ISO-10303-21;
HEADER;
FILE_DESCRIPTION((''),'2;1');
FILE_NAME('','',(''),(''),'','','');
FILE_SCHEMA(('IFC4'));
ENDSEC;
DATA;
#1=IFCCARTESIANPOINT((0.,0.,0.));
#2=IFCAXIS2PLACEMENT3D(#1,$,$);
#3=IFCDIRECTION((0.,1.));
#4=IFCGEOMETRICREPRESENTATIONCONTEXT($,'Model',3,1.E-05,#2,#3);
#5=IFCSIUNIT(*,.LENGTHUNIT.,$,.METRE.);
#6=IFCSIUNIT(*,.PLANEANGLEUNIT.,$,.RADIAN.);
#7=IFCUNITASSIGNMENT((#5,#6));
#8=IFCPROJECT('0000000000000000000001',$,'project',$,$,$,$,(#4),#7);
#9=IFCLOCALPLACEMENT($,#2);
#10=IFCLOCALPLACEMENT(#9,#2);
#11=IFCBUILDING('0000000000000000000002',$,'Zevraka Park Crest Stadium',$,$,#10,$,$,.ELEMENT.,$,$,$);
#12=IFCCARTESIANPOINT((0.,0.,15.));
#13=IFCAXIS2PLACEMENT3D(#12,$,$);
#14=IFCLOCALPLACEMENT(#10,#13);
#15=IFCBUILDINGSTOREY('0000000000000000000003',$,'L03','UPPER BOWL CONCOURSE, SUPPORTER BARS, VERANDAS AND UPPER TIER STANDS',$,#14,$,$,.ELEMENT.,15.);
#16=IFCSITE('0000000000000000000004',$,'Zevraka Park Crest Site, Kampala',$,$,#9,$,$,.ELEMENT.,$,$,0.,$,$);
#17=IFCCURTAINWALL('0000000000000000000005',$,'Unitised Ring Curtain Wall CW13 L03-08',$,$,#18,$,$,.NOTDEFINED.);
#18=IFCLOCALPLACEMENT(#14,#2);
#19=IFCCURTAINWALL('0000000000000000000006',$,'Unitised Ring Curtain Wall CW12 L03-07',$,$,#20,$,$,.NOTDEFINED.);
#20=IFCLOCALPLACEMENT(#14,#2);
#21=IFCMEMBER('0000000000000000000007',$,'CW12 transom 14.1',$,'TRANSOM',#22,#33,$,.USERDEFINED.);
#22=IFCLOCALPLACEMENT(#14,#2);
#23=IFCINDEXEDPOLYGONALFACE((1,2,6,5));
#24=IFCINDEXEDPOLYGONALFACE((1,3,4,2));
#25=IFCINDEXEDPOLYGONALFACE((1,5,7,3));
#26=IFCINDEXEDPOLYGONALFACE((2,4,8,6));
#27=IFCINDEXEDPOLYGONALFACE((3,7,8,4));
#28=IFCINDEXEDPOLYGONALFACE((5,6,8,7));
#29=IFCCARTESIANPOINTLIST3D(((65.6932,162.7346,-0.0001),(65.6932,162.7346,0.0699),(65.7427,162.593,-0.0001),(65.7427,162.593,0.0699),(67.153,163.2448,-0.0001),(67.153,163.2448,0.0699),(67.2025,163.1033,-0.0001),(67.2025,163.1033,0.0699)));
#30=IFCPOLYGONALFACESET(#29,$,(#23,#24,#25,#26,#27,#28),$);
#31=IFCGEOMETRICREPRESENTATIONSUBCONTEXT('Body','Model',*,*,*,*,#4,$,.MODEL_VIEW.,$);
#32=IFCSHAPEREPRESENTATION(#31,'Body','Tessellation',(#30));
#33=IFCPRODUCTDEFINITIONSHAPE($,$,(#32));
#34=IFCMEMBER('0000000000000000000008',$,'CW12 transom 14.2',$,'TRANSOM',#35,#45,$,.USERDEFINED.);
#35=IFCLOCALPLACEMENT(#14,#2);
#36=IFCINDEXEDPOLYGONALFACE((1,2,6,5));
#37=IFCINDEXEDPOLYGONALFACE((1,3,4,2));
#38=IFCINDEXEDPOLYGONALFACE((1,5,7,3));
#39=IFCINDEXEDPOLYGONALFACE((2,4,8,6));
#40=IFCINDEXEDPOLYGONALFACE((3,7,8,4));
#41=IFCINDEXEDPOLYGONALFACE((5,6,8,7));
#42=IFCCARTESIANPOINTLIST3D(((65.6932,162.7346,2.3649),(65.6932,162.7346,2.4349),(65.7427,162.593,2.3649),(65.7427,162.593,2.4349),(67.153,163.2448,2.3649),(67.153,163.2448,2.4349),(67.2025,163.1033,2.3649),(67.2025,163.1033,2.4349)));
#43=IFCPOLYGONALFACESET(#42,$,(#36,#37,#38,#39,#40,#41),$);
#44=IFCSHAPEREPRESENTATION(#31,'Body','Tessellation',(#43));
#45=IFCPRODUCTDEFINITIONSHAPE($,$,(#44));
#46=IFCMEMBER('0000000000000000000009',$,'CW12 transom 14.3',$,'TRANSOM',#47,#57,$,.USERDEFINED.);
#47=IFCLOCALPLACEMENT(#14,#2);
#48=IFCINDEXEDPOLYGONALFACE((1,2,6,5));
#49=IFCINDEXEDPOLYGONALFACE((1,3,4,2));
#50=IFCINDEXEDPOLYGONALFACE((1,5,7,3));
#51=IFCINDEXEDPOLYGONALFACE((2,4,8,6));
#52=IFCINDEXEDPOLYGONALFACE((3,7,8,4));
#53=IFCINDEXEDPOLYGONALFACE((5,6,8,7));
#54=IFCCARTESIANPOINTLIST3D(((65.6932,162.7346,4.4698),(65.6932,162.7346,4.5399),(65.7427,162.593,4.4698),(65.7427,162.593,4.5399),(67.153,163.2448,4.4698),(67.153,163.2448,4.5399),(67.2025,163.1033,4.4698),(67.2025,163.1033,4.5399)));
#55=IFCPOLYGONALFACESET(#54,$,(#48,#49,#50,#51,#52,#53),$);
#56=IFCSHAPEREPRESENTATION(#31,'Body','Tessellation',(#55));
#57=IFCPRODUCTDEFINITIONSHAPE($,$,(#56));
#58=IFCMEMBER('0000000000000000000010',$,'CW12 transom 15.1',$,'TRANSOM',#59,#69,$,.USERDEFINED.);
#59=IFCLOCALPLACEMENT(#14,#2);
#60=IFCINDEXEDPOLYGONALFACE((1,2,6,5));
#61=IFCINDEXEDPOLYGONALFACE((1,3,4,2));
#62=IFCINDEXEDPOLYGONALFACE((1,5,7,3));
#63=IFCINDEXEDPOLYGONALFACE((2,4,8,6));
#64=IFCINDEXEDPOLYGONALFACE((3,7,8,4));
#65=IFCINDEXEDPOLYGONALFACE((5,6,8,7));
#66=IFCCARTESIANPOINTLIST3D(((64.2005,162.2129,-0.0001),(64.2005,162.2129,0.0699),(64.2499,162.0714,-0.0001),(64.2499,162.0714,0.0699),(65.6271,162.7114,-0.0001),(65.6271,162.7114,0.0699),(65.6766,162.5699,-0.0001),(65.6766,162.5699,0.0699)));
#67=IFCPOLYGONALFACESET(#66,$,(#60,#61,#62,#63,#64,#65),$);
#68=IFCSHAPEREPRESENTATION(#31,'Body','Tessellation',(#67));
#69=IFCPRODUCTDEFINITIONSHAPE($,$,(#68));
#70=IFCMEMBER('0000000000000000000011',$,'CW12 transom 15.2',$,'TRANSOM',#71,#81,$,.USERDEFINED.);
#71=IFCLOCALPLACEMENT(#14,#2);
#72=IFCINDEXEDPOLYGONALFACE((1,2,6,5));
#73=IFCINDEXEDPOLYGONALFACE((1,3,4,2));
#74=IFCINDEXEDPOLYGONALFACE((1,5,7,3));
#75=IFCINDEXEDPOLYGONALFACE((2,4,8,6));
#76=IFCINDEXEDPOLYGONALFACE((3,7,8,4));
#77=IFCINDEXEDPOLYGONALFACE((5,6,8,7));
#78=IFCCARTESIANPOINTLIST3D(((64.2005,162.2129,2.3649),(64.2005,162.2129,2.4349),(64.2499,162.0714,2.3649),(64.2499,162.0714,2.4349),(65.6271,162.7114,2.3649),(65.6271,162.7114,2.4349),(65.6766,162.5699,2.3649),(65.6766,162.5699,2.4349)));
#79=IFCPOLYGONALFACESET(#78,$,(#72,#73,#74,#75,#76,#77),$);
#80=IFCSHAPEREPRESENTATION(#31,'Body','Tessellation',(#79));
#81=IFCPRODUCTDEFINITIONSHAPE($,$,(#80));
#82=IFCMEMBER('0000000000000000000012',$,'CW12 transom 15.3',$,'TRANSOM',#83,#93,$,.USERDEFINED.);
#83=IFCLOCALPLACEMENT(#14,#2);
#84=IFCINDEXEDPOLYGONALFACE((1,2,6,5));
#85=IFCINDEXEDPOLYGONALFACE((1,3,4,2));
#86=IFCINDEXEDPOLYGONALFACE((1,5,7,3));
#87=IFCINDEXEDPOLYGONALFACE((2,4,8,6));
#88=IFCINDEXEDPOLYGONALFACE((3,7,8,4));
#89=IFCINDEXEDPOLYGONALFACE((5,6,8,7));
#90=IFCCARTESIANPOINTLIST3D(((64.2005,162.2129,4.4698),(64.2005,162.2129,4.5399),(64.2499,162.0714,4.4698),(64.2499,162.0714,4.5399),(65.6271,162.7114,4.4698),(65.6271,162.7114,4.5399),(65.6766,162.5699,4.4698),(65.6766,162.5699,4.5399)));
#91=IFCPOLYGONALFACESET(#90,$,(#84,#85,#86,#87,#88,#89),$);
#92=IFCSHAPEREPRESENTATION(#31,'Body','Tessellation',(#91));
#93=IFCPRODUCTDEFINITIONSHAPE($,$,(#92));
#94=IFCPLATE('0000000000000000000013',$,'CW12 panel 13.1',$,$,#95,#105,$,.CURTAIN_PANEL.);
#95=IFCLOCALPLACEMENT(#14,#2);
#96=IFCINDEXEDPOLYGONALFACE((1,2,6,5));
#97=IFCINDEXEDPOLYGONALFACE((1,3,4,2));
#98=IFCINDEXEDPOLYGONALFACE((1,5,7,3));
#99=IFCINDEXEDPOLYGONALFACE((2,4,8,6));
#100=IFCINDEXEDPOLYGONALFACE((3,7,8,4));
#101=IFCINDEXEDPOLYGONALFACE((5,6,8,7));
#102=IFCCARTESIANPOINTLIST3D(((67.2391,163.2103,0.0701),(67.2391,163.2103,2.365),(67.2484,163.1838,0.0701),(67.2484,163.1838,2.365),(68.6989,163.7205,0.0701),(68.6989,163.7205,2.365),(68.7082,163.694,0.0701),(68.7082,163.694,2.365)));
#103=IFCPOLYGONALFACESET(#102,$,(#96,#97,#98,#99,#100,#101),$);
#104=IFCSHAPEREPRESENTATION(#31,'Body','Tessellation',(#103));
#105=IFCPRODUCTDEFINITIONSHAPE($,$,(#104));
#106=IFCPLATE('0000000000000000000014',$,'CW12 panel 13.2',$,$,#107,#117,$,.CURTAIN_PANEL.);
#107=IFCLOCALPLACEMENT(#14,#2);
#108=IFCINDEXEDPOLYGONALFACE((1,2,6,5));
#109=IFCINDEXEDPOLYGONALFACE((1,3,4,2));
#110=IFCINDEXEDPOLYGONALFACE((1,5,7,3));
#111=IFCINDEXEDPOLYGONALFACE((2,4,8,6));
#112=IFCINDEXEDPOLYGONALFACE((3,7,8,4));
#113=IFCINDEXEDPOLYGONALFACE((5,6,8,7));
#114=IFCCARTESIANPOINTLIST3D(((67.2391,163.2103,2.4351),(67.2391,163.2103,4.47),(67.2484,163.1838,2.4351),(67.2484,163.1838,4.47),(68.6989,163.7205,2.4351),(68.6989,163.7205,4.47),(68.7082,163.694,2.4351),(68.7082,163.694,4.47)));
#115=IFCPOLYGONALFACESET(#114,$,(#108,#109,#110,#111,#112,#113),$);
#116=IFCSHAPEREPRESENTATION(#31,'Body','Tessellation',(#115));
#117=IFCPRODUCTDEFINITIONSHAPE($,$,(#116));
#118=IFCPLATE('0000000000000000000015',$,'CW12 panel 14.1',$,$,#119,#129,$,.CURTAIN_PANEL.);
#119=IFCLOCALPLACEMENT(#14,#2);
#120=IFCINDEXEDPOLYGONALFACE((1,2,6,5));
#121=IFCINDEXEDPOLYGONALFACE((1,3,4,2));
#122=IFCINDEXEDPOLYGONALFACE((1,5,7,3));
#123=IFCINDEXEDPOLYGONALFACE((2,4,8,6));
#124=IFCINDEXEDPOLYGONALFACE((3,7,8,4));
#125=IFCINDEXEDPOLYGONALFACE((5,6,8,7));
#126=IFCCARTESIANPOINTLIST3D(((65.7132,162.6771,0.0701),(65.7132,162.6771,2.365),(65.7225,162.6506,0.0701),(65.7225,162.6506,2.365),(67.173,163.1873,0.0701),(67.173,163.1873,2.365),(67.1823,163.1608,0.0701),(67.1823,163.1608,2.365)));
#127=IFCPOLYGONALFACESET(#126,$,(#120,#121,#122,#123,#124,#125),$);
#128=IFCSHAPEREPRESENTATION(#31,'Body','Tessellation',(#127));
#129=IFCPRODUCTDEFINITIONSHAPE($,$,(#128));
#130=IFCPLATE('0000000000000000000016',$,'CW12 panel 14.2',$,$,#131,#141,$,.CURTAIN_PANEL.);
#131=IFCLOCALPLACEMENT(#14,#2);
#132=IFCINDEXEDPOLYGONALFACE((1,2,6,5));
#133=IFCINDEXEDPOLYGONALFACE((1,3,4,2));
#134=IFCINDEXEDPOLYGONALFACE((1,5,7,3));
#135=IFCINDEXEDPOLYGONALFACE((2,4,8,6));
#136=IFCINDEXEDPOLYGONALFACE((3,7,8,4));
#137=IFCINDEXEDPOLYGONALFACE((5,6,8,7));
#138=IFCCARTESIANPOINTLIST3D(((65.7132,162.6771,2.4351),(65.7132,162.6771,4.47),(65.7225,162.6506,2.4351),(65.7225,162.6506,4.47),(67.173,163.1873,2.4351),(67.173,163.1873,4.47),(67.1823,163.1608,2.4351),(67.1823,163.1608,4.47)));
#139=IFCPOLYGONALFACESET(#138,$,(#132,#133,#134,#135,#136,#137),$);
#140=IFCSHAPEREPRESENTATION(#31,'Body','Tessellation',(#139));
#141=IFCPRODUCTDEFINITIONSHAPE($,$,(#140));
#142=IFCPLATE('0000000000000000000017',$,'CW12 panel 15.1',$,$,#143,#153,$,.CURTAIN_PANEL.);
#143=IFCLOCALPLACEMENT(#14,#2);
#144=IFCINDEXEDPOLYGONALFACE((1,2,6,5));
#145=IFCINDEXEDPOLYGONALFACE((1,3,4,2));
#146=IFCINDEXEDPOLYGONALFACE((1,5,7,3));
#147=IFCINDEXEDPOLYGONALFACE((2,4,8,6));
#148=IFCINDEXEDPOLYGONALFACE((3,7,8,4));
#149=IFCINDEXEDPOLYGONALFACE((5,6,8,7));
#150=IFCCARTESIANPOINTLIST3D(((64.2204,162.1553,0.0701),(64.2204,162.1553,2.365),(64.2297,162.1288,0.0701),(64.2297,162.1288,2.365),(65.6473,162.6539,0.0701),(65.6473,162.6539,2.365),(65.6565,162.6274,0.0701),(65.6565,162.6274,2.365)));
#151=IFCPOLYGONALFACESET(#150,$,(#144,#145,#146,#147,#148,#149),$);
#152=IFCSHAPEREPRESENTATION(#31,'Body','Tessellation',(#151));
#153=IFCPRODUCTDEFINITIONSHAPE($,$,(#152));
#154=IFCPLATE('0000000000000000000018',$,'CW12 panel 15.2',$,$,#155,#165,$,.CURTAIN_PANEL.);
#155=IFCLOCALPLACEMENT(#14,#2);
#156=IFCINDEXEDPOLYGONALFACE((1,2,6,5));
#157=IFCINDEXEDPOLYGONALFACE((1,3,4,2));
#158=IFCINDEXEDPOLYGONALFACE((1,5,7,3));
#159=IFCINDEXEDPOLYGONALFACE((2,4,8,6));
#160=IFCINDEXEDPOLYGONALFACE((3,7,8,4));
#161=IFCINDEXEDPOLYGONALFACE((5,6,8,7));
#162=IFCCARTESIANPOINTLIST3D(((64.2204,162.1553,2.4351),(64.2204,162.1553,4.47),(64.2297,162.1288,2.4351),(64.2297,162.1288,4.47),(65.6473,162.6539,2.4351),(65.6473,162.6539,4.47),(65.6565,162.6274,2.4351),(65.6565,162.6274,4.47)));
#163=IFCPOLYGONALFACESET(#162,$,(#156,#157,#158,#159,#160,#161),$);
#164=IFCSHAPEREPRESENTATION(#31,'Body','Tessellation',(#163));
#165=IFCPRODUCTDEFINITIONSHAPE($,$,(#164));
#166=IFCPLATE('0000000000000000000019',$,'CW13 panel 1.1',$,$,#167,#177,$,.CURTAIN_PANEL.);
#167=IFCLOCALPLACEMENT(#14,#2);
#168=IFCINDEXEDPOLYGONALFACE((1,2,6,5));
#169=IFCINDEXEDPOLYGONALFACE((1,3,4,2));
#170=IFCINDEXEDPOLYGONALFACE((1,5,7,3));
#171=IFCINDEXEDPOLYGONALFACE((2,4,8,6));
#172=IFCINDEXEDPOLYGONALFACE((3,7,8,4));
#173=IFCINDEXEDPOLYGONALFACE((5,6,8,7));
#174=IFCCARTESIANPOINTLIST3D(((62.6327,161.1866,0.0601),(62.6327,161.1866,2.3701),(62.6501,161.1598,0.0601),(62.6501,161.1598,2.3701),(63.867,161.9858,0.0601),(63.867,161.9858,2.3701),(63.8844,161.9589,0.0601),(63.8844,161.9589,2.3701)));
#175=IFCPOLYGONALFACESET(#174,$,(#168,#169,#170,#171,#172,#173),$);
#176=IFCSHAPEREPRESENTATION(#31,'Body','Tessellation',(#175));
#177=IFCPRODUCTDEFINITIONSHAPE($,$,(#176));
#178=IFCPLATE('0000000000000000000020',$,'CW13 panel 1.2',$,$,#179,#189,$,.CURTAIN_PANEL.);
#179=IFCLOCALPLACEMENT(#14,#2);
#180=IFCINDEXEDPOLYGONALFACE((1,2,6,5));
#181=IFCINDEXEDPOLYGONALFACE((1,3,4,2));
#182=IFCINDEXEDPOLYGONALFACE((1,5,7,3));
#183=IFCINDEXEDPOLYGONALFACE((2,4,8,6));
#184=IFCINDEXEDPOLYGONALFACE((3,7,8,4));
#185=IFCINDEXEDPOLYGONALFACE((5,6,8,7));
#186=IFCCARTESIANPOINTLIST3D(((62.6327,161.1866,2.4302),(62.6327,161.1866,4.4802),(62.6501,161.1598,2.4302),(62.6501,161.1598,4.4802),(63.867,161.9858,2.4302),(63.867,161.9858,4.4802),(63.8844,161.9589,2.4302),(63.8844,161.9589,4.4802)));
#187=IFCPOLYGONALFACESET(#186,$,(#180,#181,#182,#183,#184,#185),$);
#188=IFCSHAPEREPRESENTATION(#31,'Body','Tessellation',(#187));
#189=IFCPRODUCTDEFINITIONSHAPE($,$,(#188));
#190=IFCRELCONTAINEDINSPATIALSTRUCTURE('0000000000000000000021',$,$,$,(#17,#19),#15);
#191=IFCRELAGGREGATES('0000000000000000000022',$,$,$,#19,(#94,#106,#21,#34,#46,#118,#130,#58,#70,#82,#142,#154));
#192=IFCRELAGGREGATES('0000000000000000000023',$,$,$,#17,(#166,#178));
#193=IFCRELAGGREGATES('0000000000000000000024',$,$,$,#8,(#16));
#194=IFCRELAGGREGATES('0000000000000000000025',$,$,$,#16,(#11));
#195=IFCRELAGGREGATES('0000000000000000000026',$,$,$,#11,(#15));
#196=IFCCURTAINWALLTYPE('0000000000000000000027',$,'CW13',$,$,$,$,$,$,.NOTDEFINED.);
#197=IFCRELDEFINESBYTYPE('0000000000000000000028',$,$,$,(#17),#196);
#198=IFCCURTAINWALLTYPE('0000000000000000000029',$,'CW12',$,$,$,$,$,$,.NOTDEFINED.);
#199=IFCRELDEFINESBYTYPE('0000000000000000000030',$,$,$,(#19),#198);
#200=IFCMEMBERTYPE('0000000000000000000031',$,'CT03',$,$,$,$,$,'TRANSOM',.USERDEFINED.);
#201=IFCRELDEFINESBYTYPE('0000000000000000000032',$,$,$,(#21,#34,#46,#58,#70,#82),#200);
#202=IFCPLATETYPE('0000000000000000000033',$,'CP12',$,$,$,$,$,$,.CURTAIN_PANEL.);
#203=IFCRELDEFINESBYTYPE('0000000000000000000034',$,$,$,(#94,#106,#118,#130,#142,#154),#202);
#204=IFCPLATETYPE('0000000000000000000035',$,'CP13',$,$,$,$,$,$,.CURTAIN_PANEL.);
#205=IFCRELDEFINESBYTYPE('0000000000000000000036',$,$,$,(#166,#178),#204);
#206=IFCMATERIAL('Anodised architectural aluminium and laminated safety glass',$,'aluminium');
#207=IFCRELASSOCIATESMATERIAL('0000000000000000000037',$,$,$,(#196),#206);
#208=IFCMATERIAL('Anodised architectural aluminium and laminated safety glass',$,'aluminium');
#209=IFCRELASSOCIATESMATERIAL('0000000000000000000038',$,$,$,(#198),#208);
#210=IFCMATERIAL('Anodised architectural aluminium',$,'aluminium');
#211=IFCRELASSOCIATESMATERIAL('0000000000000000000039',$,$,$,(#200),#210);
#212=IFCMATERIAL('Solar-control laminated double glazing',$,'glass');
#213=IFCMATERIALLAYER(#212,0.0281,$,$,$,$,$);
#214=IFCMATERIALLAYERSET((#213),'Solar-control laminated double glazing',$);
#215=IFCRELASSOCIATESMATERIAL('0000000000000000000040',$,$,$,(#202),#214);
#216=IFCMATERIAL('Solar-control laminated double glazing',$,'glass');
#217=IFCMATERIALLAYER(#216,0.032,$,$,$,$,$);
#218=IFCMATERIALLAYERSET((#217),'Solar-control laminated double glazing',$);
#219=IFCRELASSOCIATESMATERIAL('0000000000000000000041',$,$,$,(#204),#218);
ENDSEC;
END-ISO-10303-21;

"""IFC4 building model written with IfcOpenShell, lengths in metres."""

from ifc_helpers import new_model, si_unit, direction, frame, origin, origin_2d, place, context, subcontext, project, spatial, rectangle, extrude, material, layer, layer_set, material_profile, profile_set, type_object, element, aggregate, save


model = new_model("IFC4")

# Units and contexts
model_context = context("Model", 3, precision=1e-05, world=origin(), true_north=direction((0.0, 1.0)))
body_context = subcontext(model_context, "Body", "Model", "MODEL_VIEW")
ifc_project = project(units=[si_unit("LENGTHUNIT", "METRE"), si_unit("PLANEANGLEUNIT", "RADIAN")], contexts=[model_context])

# Site, building, storey
site_placement = place(None, origin())
site = spatial("IfcSite", under=ifc_project, at=site_placement, Name="Zevraka Park Crest Site, Kampala", CompositionType="ELEMENT", RefElevation=0.0)
building_placement = place(site_placement, origin())
building = spatial("IfcBuilding", under=site, at=building_placement, Name="Zevraka Park Crest Stadium", CompositionType="ELEMENT")
storey_placement = place(building_placement, frame((0.0, 0.0, 15.0)))
storey = spatial("IfcBuildingStorey", under=building, at=storey_placement, Name="L03", Description="UPPER BOWL CONCOURSE, SUPPORTER BARS, VERANDAS AND UPPER TIER STANDS", CompositionType="ELEMENT", Elevation=15.0)

# Curtain walls
ifc_material_1 = material(Name="Anodised architectural aluminium and laminated safety glass", Category="aluminium")
curtain_wall_type_1 = type_object("IfcCurtainWallType", Name="CW13", PredefinedType="NOTDEFINED", material=ifc_material_1)
curtain_wall_1_placement = place(storey_placement, origin())
curtain_wall_1 = element("IfcCurtainWall", 1, at=curtain_wall_1_placement, inside=storey, type_object=curtain_wall_type_1, Name="Unitised Ring Curtain Wall CW13 L03-08", PredefinedType="NOTDEFINED")
ifc_material_2 = material(Name="Anodised architectural aluminium and laminated safety glass", Category="aluminium")
curtain_wall_type_2 = type_object("IfcCurtainWallType", Name="CW12", PredefinedType="NOTDEFINED", material=ifc_material_2)
curtain_wall_2_placement = place(storey_placement, origin())
curtain_wall_2 = element("IfcCurtainWall", 2, at=curtain_wall_2_placement, inside=storey, type_object=curtain_wall_type_2, Name="Unitised Ring Curtain Wall CW12 L03-07", PredefinedType="NOTDEFINED")

# Members
ifc_material_3 = material(Name="Anodised architectural aluminium", Category="aluminium")
ifc_material_profile_1 = material_profile(ifc_material_3, rectangle(XDim=0.1499, YDim=0.0701, at=origin_2d()), Name="ALU TRANSOM 150x70")
ifc_profile_set_1 = profile_set([ifc_material_profile_1], Name="Anodised architectural aluminium")
member_type_1 = type_object("IfcMemberType", Name="CT03", ElementType="TRANSOM", PredefinedType="USERDEFINED", material=ifc_profile_set_1)
member_1_placement = place(storey_placement, frame((67.1777, 163.1741, 0.0349), z_axis=(-0.943989, -0.329978, 0.0), x_axis=(0.329978, -0.943989, 0.0)))
member_1 = element("IfcMember", 3, at=member_1_placement, type_object=member_type_1, Name="CW12 transom 14.1", ObjectType="TRANSOM", PredefinedType="USERDEFINED", context=body_context, shape_type="SweptSolid", body=[
    extrude(rectangle(XDim=0.1499, YDim=0.0701, at=origin_2d()), origin(), (0.0, 0.0, 1.0), 1.5464),
])
member_2_placement = place(storey_placement, frame((67.1777, 163.1741, 2.3999), z_axis=(-0.943989, -0.329978, 0.0), x_axis=(0.329978, -0.943989, 0.0)))
member_2 = element("IfcMember", 4, at=member_2_placement, type_object=member_type_1, Name="CW12 transom 14.2", ObjectType="TRANSOM", PredefinedType="USERDEFINED", context=body_context, shape_type="SweptSolid", body=[
    extrude(rectangle(XDim=0.1499, YDim=0.0701, at=origin_2d()), origin(), (0.0, 0.0, 1.0), 1.5464),
])
member_3_placement = place(storey_placement, frame((67.1777, 163.1741, 4.5049), z_axis=(-0.943989, -0.329978, 0.0), x_axis=(0.329978, -0.943989, 0.0)))
member_3 = element("IfcMember", 5, at=member_3_placement, type_object=member_type_1, Name="CW12 transom 14.3", ObjectType="TRANSOM", PredefinedType="USERDEFINED", context=body_context, shape_type="SweptSolid", body=[
    extrude(rectangle(XDim=0.1499, YDim=0.0701, at=origin_2d()), origin(), (0.0, 0.0, 1.0), 1.5464),
])
member_4_placement = place(storey_placement, frame((65.6519, 162.6406, 0.0349), z_axis=(-0.944029, -0.329861, 0.0), x_axis=(0.329861, -0.944029, 0.0)))
member_4 = element("IfcMember", 6, at=member_4_placement, type_object=member_type_1, Name="CW12 transom 15.1", ObjectType="TRANSOM", PredefinedType="USERDEFINED", context=body_context, shape_type="SweptSolid", body=[
    extrude(rectangle(XDim=0.1499, YDim=0.0701, at=origin_2d()), origin(), (0.0, 0.0, 1.0), 1.5112),
])
member_5_placement = place(storey_placement, frame((65.6519, 162.6406, 2.3999), z_axis=(-0.944029, -0.329861, 0.0), x_axis=(0.329861, -0.944029, 0.0)))
member_5 = element("IfcMember", 7, at=member_5_placement, type_object=member_type_1, Name="CW12 transom 15.2", ObjectType="TRANSOM", PredefinedType="USERDEFINED", context=body_context, shape_type="SweptSolid", body=[
    extrude(rectangle(XDim=0.1499, YDim=0.0701, at=origin_2d()), origin(), (0.0, 0.0, 1.0), 1.5112),
])
member_6_placement = place(storey_placement, frame((65.6519, 162.6406, 4.5049), z_axis=(-0.944029, -0.329861, 0.0), x_axis=(0.329861, -0.944029, 0.0)))
member_6 = element("IfcMember", 8, at=member_6_placement, type_object=member_type_1, Name="CW12 transom 15.3", ObjectType="TRANSOM", PredefinedType="USERDEFINED", context=body_context, shape_type="SweptSolid", body=[
    extrude(rectangle(XDim=0.1499, YDim=0.0701, at=origin_2d()), origin(), (0.0, 0.0, 1.0), 1.5112),
])

# Plates
ifc_material_4 = material(Name="Solar-control laminated double glazing", Category="glass")
ifc_layer_1 = layer(ifc_material_4, 0.0281)
ifc_layer_set_1 = layer_set([ifc_layer_1], Name="Solar-control laminated double glazing")
plate_type_1 = type_object("IfcPlateType", Name="CP12", PredefinedType="CURTAIN_PANEL", material=ifc_layer_set_1)
plate_1_placement = place(storey_placement, frame((67.9736, 163.4521, 0.0701), z_axis=(0.0, 0.0, 1.0), x_axis=(-0.94401, -0.329917, 0.0)))
plate_1 = element("IfcPlate", 9, at=plate_1_placement, type_object=plate_type_1, Name="CW12 panel 13.1", PredefinedType="CURTAIN_PANEL", context=body_context, shape_type="SweptSolid", body=[
    extrude(rectangle(XDim=1.5464, YDim=0.0281, at=origin_2d()), origin(), (0.0, 0.0, 1.0), 2.2949),
])
plate_2_placement = place(storey_placement, frame((67.9736, 163.4521, 2.4351), z_axis=(0.0, 0.0, 1.0), x_axis=(-0.94401, -0.329917, 0.0)))
plate_2 = element("IfcPlate", 10, at=plate_2_placement, type_object=plate_type_1, Name="CW12 panel 13.2", PredefinedType="CURTAIN_PANEL", context=body_context, shape_type="SweptSolid", body=[
    extrude(rectangle(XDim=1.5464, YDim=0.0281, at=origin_2d()), origin(), (0.0, 0.0, 1.0), 2.0349),
])
plate_3_placement = place(storey_placement, frame((66.4478, 162.9189, 0.0701), z_axis=(0.0, 0.0, 1.0), x_axis=(-0.94401, -0.329917, 0.0)))
plate_3 = element("IfcPlate", 11, at=plate_3_placement, type_object=plate_type_1, Name="CW12 panel 14.1", PredefinedType="CURTAIN_PANEL", context=body_context, shape_type="SweptSolid", body=[
    extrude(rectangle(XDim=1.5464, YDim=0.0281, at=origin_2d()), origin(), (0.0, 0.0, 1.0), 2.2949),
])
plate_4_placement = place(storey_placement, frame((66.4478, 162.9189, 2.4351), z_axis=(0.0, 0.0, 1.0), x_axis=(-0.94401, -0.329917, 0.0)))
plate_4 = element("IfcPlate", 12, at=plate_4_placement, type_object=plate_type_1, Name="CW12 panel 14.2", PredefinedType="CURTAIN_PANEL", context=body_context, shape_type="SweptSolid", body=[
    extrude(rectangle(XDim=1.5464, YDim=0.0281, at=origin_2d()), origin(), (0.0, 0.0, 1.0), 2.0349),
])
plate_5_placement = place(storey_placement, frame((64.9385, 162.3914, 0.0701), z_axis=(0.0, 0.0, 1.0), x_axis=(-0.94401, -0.329917, 0.0)))
plate_5 = element("IfcPlate", 13, at=plate_5_placement, type_object=plate_type_1, Name="CW12 panel 15.1", PredefinedType="CURTAIN_PANEL", context=body_context, shape_type="SweptSolid", body=[
    extrude(rectangle(XDim=1.5115, YDim=0.0281, at=origin_2d()), origin(), (0.0, 0.0, 1.0), 2.2949),
])
plate_6_placement = place(storey_placement, frame((64.9385, 162.3914, 2.4351), z_axis=(0.0, 0.0, 1.0), x_axis=(-0.94401, -0.329917, 0.0)))
plate_6 = element("IfcPlate", 14, at=plate_6_placement, type_object=plate_type_1, Name="CW12 panel 15.2", PredefinedType="CURTAIN_PANEL", context=body_context, shape_type="SweptSolid", body=[
    extrude(rectangle(XDim=1.5115, YDim=0.0281, at=origin_2d()), origin(), (0.0, 0.0, 1.0), 2.0349),
])
aggregate(curtain_wall_2, [plate_1, plate_2, member_1, member_2, member_3, plate_3, plate_4, member_4, member_5, member_6, plate_5, plate_6])
ifc_material_5 = material(Name="Solar-control laminated double glazing", Category="glass")
ifc_layer_2 = layer(ifc_material_5, 0.032)
ifc_layer_set_2 = layer_set([ifc_layer_2], Name="Solar-control laminated double glazing")
plate_type_2 = type_object("IfcPlateType", Name="CP13", PredefinedType="CURTAIN_PANEL", material=ifc_layer_set_2)
plate_7_placement = place(storey_placement, frame((63.2585, 161.5728, 0.0601), z_axis=(0.0, 0.0, 1.0), x_axis=(-0.839429, -0.543469, 0.0)))
plate_7 = element("IfcPlate", 15, at=plate_7_placement, type_object=plate_type_2, Name="CW13 panel 1.1", PredefinedType="CURTAIN_PANEL", context=body_context, shape_type="SweptSolid", body=[
    extrude(rectangle(XDim=1.4705, YDim=0.032, at=origin_2d()), origin(), (0.0, 0.0, 1.0), 2.3101),
])
plate_8_placement = place(storey_placement, frame((63.2585, 161.5728, 2.4302), z_axis=(0.0, 0.0, 1.0), x_axis=(-0.839429, -0.543469, 0.0)))
plate_8 = element("IfcPlate", 16, at=plate_8_placement, type_object=plate_type_2, Name="CW13 panel 1.2", PredefinedType="CURTAIN_PANEL", context=body_context, shape_type="SweptSolid", body=[
    extrude(rectangle(XDim=1.4705, YDim=0.032, at=origin_2d()), origin(), (0.0, 0.0, 1.0), 2.05),
])
aggregate(curtain_wall_1, [plate_7, plate_8])

save(model, "model.ifc")
